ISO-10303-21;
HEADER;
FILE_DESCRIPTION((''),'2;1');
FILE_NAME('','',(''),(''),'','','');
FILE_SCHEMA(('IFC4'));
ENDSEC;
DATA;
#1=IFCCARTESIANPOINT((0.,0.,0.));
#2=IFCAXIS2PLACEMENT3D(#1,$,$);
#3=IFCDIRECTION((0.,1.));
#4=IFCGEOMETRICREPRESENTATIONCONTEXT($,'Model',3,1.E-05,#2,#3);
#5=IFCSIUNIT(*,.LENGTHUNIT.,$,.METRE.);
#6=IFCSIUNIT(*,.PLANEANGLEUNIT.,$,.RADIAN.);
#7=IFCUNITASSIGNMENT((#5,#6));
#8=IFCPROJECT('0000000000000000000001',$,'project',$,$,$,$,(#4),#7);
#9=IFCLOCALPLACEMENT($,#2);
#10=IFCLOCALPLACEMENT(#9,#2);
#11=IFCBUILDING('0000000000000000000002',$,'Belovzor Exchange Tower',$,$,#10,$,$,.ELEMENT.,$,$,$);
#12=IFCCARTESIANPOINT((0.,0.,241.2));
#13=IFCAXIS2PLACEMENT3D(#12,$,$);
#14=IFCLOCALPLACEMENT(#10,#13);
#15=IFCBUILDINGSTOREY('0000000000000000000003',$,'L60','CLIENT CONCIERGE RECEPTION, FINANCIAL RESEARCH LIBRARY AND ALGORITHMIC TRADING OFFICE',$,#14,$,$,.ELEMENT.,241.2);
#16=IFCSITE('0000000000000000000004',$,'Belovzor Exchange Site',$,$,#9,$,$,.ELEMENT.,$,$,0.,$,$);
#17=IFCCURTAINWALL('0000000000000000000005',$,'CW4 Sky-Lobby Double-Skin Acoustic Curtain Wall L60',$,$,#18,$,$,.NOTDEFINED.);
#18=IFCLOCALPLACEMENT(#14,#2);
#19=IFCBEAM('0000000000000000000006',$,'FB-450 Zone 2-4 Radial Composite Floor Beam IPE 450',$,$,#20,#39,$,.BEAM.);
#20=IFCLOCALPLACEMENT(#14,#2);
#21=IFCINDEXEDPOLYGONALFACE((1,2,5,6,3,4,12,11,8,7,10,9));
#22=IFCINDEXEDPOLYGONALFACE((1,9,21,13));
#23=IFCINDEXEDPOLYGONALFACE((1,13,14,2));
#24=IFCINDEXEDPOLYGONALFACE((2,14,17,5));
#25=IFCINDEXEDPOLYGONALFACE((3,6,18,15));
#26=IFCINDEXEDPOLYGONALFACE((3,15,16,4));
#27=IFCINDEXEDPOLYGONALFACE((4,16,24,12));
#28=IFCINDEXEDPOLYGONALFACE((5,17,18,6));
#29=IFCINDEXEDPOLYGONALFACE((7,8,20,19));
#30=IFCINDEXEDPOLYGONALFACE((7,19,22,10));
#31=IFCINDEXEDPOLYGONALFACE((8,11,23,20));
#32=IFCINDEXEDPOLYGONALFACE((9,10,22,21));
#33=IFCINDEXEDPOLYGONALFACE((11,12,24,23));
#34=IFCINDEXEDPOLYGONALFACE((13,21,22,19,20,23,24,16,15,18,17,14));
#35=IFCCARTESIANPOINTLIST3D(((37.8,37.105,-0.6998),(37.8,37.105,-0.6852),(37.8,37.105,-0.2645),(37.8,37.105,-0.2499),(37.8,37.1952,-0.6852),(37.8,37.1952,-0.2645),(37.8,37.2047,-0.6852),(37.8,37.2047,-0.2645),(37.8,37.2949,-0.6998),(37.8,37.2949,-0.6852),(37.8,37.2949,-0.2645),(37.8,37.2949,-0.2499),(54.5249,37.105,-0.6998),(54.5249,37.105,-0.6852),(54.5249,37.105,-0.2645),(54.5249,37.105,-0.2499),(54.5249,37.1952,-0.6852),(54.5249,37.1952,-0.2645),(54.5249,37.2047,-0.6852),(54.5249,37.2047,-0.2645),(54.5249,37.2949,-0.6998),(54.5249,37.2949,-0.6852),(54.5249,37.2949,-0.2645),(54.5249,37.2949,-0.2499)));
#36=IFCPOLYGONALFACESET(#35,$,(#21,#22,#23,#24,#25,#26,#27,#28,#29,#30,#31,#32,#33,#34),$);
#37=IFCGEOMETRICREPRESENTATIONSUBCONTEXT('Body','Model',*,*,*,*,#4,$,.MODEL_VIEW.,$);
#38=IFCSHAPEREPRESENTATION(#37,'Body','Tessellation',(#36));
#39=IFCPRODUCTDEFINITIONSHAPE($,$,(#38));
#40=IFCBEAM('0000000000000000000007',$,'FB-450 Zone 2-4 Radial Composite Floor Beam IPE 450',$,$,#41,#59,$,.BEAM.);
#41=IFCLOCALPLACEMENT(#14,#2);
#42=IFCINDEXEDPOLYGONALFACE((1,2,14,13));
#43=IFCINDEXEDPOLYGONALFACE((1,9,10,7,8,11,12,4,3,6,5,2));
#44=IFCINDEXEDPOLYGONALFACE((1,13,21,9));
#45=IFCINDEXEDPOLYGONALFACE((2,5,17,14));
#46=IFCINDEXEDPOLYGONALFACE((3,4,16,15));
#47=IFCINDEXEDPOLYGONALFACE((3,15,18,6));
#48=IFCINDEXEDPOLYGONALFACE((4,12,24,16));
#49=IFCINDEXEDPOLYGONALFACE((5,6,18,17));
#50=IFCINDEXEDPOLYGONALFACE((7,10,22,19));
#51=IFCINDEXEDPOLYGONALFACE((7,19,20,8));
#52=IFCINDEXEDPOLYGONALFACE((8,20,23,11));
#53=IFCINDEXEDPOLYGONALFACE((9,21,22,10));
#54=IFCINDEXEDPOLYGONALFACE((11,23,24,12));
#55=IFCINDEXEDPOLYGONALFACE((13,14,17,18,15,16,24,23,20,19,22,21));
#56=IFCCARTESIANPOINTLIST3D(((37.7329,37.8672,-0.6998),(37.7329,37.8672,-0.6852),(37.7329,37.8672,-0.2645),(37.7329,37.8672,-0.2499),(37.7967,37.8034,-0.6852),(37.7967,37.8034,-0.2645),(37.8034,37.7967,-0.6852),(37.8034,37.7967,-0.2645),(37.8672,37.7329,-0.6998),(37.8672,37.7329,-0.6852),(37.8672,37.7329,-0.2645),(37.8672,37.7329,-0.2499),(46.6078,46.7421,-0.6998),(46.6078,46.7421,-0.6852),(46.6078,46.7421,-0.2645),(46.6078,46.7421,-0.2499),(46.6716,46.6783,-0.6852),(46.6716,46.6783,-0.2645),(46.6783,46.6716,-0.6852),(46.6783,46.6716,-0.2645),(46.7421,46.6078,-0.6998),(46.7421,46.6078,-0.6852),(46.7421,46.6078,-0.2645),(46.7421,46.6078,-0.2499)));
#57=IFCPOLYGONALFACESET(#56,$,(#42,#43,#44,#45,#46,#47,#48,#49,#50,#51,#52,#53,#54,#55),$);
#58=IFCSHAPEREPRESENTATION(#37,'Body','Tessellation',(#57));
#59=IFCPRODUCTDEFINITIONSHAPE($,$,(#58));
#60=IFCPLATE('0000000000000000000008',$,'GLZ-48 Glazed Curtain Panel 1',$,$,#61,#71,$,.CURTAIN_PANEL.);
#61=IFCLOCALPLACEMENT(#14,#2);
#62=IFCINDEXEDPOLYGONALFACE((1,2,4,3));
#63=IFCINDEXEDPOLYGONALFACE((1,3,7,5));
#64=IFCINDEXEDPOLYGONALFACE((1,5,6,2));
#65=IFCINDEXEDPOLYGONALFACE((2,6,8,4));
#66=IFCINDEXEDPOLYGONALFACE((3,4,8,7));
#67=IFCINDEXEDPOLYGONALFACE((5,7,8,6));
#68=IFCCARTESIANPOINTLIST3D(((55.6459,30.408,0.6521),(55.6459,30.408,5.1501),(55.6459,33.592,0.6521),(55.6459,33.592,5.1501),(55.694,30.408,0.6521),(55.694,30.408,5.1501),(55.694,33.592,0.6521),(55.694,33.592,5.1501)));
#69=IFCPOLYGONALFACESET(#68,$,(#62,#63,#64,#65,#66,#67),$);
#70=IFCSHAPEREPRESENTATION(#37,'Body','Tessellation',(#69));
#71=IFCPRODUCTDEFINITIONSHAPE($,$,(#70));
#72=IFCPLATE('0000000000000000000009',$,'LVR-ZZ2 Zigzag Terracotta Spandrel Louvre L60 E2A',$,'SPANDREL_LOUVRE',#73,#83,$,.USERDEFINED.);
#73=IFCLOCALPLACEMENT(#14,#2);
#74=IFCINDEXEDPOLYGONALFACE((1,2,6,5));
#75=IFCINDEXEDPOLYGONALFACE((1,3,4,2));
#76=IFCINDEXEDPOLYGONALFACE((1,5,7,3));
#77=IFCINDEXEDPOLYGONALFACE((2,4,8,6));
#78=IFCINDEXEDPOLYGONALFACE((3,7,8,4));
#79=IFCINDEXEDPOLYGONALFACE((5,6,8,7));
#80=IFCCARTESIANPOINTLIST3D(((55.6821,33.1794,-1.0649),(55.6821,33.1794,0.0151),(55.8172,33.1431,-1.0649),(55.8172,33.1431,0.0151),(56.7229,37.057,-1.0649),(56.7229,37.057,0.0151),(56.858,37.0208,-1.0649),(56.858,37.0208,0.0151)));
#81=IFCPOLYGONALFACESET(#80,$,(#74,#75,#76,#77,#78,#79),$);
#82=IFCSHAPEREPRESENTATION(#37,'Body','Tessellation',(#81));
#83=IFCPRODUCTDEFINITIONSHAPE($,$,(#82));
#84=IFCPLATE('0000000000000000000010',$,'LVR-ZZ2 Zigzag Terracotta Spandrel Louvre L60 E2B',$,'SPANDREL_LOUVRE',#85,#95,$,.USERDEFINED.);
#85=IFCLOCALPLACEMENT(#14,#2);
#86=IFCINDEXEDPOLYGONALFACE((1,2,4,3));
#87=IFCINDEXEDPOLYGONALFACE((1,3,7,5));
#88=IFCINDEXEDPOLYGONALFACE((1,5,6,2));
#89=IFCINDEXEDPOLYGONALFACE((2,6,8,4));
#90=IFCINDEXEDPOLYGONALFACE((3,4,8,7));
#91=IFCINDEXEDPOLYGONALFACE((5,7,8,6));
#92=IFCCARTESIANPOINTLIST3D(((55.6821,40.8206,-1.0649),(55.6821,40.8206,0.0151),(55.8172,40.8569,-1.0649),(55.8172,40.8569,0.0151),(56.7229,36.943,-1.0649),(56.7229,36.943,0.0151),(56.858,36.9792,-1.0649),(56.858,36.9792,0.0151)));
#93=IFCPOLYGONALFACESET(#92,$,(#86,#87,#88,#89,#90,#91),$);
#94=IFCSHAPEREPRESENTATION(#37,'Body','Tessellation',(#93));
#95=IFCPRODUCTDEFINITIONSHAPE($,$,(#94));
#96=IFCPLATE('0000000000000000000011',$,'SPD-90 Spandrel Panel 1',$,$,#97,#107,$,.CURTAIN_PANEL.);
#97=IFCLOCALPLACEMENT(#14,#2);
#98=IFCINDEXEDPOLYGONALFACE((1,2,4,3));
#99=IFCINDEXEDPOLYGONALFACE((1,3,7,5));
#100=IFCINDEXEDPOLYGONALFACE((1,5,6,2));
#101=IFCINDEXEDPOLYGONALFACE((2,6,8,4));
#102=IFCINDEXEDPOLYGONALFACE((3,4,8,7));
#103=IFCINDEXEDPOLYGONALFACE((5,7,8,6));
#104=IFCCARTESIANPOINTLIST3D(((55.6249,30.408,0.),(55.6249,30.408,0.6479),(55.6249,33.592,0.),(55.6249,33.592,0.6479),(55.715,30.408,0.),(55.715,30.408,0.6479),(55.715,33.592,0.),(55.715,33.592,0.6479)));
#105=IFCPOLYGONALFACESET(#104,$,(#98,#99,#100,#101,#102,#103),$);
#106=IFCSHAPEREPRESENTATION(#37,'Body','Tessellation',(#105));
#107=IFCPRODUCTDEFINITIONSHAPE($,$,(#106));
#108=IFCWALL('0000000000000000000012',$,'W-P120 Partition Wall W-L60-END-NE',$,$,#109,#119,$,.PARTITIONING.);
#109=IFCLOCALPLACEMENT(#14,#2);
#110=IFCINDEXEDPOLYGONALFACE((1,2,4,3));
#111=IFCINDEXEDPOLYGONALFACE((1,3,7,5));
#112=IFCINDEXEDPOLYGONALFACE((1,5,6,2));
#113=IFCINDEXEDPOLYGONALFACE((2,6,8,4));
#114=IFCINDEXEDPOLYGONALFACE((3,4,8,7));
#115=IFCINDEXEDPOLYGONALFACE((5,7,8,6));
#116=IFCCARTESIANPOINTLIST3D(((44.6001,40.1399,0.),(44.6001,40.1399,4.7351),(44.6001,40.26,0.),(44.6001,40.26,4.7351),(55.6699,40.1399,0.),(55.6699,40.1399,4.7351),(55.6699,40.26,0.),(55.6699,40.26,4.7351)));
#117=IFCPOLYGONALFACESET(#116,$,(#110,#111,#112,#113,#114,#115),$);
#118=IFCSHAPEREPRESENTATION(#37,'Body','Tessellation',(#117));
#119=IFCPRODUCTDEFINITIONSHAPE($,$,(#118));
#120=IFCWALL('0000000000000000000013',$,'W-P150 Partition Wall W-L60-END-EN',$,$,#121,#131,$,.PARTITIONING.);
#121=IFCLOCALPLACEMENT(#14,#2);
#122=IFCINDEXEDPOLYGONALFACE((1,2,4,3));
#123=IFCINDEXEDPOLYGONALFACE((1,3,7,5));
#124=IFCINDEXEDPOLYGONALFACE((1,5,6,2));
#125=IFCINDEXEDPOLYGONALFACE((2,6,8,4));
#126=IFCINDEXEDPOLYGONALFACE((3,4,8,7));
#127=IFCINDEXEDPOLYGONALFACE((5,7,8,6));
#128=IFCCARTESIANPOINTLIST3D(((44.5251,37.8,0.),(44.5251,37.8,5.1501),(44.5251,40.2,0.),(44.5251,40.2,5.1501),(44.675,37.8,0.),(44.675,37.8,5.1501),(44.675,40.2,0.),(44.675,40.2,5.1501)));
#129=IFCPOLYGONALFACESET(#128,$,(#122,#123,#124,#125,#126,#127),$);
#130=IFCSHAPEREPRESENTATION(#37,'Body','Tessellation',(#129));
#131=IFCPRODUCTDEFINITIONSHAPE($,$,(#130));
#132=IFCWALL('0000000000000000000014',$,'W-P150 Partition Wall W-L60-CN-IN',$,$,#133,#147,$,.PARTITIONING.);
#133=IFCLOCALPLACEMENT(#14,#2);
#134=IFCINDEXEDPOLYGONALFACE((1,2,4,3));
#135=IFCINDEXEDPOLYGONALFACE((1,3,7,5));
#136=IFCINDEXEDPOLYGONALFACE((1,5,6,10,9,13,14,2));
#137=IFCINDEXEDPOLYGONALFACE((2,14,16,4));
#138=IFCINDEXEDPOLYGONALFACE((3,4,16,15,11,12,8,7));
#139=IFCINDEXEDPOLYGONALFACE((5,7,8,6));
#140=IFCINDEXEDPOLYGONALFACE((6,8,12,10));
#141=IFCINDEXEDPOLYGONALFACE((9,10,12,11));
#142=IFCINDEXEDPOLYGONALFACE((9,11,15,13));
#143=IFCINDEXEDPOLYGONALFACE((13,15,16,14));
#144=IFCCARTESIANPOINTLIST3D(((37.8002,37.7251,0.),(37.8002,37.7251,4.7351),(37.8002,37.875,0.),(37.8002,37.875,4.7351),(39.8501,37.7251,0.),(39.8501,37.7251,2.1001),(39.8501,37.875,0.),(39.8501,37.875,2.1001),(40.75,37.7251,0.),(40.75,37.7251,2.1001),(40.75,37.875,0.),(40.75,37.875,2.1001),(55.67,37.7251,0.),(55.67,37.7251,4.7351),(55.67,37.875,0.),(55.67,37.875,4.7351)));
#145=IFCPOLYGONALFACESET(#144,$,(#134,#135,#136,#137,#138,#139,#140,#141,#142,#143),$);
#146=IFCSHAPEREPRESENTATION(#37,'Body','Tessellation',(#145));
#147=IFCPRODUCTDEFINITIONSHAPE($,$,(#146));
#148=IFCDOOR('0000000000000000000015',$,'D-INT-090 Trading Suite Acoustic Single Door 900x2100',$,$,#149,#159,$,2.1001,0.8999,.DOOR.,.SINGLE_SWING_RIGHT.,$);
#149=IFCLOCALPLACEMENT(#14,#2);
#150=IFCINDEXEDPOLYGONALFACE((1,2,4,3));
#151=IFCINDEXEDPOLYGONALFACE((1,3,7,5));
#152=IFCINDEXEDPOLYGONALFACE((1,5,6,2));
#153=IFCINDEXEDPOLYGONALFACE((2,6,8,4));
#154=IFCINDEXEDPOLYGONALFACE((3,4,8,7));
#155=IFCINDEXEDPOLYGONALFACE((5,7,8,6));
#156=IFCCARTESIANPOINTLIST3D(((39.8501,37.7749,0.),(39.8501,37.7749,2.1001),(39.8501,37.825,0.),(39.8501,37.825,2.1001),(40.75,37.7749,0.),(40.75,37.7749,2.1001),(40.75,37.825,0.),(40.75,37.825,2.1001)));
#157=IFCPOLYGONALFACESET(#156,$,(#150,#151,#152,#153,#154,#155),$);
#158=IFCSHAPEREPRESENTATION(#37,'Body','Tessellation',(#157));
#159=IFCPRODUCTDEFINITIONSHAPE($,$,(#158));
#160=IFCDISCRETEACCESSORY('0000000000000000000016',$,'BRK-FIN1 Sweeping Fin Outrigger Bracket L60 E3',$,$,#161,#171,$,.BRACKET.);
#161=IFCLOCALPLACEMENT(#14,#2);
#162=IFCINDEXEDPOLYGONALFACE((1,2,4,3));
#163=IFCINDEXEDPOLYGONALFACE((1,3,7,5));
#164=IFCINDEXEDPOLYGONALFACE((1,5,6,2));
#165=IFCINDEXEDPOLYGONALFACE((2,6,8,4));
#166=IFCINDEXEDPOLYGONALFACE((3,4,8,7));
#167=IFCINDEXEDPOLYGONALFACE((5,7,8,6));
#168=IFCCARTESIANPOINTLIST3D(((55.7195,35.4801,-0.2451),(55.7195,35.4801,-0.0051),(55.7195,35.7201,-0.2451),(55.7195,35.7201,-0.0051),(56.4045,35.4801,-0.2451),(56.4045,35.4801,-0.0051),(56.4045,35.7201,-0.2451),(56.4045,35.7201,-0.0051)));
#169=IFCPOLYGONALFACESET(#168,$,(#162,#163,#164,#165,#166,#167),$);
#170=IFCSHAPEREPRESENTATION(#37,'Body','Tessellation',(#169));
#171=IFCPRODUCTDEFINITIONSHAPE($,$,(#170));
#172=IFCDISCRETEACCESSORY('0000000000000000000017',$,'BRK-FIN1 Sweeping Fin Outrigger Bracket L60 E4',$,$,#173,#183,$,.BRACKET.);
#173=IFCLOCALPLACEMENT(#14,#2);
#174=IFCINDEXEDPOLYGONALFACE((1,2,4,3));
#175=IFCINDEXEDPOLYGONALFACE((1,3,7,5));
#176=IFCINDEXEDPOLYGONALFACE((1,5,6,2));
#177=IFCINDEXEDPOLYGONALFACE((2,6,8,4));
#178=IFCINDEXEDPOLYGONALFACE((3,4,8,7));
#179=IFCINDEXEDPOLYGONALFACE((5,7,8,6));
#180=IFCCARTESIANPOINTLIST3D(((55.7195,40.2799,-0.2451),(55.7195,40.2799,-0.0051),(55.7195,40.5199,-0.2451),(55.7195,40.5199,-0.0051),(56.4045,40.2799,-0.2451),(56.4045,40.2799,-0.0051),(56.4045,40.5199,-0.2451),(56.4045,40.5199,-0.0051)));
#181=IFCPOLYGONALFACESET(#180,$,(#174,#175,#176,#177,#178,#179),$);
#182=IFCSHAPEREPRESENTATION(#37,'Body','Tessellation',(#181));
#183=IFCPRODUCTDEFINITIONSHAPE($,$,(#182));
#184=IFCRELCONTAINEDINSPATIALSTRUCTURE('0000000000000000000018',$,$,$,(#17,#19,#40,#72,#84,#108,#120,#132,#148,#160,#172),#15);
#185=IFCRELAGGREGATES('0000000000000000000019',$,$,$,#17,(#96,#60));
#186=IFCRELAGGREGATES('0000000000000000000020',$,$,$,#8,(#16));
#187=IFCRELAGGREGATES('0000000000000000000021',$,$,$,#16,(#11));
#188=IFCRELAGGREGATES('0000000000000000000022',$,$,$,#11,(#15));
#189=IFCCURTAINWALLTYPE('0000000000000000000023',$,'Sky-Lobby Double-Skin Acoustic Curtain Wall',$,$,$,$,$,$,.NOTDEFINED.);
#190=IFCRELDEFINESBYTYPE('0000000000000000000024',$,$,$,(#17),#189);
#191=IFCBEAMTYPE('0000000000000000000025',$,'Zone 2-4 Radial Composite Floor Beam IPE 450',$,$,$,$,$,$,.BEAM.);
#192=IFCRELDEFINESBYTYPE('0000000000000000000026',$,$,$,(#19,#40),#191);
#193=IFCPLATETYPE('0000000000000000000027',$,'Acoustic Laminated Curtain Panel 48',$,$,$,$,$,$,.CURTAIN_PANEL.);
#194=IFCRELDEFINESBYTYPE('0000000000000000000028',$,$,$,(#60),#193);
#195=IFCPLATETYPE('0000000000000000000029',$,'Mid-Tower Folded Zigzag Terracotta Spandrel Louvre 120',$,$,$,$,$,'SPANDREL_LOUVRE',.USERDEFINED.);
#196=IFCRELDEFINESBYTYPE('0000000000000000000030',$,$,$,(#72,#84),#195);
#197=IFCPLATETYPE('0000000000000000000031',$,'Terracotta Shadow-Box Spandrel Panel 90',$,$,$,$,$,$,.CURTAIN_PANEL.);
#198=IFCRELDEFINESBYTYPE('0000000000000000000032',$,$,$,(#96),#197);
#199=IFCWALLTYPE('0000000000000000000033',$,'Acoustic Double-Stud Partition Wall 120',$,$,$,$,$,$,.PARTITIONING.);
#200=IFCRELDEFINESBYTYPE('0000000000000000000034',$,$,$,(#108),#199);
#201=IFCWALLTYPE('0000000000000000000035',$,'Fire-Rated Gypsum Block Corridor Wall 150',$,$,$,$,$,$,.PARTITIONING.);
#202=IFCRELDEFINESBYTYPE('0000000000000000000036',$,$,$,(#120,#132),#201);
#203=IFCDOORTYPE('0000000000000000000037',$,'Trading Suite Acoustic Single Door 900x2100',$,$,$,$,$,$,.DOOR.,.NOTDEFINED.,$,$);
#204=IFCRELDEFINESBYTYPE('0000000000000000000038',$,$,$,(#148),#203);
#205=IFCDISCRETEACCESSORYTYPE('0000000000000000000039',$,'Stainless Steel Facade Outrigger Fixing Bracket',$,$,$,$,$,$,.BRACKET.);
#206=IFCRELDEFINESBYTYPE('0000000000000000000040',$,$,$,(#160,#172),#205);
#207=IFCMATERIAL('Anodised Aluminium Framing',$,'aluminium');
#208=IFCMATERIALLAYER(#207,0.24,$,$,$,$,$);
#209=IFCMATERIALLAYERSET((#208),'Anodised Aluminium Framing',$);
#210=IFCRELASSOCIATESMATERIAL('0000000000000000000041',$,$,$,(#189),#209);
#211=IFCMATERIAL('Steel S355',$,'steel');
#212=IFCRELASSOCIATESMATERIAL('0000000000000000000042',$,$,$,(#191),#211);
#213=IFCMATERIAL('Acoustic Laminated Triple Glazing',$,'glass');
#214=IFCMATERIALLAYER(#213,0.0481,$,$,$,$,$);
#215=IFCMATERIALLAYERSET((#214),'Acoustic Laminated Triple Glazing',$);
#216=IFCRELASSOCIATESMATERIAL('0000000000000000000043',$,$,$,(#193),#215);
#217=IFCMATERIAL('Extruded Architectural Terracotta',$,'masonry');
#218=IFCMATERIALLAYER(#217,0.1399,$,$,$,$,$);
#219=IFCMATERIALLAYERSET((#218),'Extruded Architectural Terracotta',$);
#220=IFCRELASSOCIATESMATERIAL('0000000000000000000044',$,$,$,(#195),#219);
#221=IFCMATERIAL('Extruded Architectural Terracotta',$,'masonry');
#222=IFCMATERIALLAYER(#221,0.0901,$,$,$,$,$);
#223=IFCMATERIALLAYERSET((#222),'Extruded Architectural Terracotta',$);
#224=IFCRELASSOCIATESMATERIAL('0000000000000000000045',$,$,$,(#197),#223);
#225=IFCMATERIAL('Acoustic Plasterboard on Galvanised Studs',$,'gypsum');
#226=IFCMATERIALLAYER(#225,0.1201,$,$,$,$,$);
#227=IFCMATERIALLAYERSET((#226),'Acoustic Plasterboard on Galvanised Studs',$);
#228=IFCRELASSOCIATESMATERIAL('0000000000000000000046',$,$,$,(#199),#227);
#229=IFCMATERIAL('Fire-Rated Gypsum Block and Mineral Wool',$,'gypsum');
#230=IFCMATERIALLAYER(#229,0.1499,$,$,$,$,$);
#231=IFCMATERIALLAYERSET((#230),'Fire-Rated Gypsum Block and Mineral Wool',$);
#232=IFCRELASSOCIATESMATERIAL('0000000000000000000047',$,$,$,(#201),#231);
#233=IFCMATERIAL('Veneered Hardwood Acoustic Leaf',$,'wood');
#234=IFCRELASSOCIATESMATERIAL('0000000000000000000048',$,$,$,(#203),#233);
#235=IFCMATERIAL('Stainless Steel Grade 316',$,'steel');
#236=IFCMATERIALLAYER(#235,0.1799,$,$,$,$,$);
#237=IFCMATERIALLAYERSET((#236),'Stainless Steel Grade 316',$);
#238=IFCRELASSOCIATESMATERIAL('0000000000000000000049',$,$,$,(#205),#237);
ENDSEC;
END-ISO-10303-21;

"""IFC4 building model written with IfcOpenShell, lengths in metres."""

from ifc_helpers import new_model, si_unit, direction, frame, frame_2d, origin, origin_2d, place, context, subcontext, project, spatial, rectangle, i_section, extrude, material, layer, layer_set, material_profile, profile_set, type_object, element, fill, aggregate, save


model = new_model("IFC4")

# Units and contexts
model_context = context("Model", 3, precision=1e-05, world=origin(), true_north=direction((0.0, 1.0)))
body_context = subcontext(model_context, "Body", "Model", "MODEL_VIEW")
ifc_project = project(units=[si_unit("LENGTHUNIT", "METRE"), si_unit("PLANEANGLEUNIT", "RADIAN")], contexts=[model_context])

# Site, building, storey
site_placement = place(None, origin())
site = spatial("IfcSite", under=ifc_project, at=site_placement, Name="Belovzor Exchange Site", CompositionType="ELEMENT", RefElevation=0.0)
building_placement = place(site_placement, origin())
building = spatial("IfcBuilding", under=site, at=building_placement, Name="Belovzor Exchange Tower", CompositionType="ELEMENT")
storey_placement = place(building_placement, frame((0.0, 0.0, 241.2)))
storey = spatial("IfcBuildingStorey", under=building, at=storey_placement, Name="L60", Description="CLIENT CONCIERGE RECEPTION, FINANCIAL RESEARCH LIBRARY AND ALGORITHMIC TRADING OFFICE", CompositionType="ELEMENT", Elevation=241.2)

# Curtain wall
ifc_material_1 = material(Name="Anodised Aluminium Framing", Category="aluminium")
ifc_layer_1 = layer(ifc_material_1, 0.24)
ifc_layer_set_1 = layer_set([ifc_layer_1], Name="Anodised Aluminium Framing")
curtain_wall_type = type_object("IfcCurtainWallType", Name="Sky-Lobby Double-Skin Acoustic Curtain Wall", PredefinedType="NOTDEFINED", material=ifc_layer_set_1)
curtain_wall_placement = place(storey_placement, origin())
curtain_wall = element("IfcCurtainWall", 1, at=curtain_wall_placement, inside=storey, type_object=curtain_wall_type, Name="CW4 Sky-Lobby Double-Skin Acoustic Curtain Wall L60", PredefinedType="NOTDEFINED")

# Beams
ifc_material_2 = material(Name="Steel S355", Category="steel")
ifc_material_profile_1 = material_profile(ifc_material_2, i_section(OverallWidth=0.1899, OverallDepth=0.45, WebThickness=0.0095, FlangeThickness=0.0146, at=origin_2d()))
ifc_profile_set_1 = profile_set([ifc_material_profile_1], Name="Steel S355")
beam_type_1 = type_object("IfcBeamType", Name="Zone 2-4 Radial Composite Floor Beam IPE 450", PredefinedType="BEAM", material=ifc_profile_set_1)
beam_1_placement = place(storey_placement, frame((37.8, 37.2, -0.4749), z_axis=(1.0, 0.0, 0.0), x_axis=(0.0, 1.0, 0.0)))
element("IfcBeam", 2, at=beam_1_placement, inside=storey, type_object=beam_type_1, Name="FB-450 Zone 2-4 Radial Composite Floor Beam IPE 450", PredefinedType="BEAM", context=body_context, shape_type="SweptSolid", body=[
    extrude(i_section(OverallWidth=0.1899, OverallDepth=0.45, WebThickness=0.0095, FlangeThickness=0.0146, at=origin_2d()), origin(), (0.0, 0.0, 1.0), 16.7249),
])
beam_2_placement = place(storey_placement, frame((37.8, 37.8, -0.4749), z_axis=(0.707107, 0.707107, 0.0), x_axis=(-0.707107, 0.707107, 0.0)))
element("IfcBeam", 3, at=beam_2_placement, inside=storey, type_object=beam_type_1, Name="FB-450 Zone 2-4 Radial Composite Floor Beam IPE 450", PredefinedType="BEAM", context=body_context, shape_type="SweptSolid", body=[
    extrude(i_section(OverallWidth=0.1899, OverallDepth=0.45, WebThickness=0.0095, FlangeThickness=0.0146, at=origin_2d()), origin(), (0.0, 0.0, 1.0), 12.551),
])

# Plate
ifc_material_3 = material(Name="Acoustic Laminated Triple Glazing", Category="glass")
ifc_layer_2 = layer(ifc_material_3, 0.0481)
ifc_layer_set_2 = layer_set([ifc_layer_2], Name="Acoustic Laminated Triple Glazing")
plate_type_1 = type_object("IfcPlateType", Name="Acoustic Laminated Curtain Panel 48", PredefinedType="CURTAIN_PANEL", material=ifc_layer_set_2)
plate_1_placement = place(storey_placement, frame((55.6699, 32.0, 0.6521), z_axis=(0.0, 0.0, 1.0), x_axis=(0.0, -1.0, 0.0)))
plate_1 = element("IfcPlate", 4, at=plate_1_placement, type_object=plate_type_1, Name="GLZ-48 Glazed Curtain Panel 1", PredefinedType="CURTAIN_PANEL", context=body_context, shape_type="SweptSolid", body=[
    extrude(rectangle(XDim=3.1841, YDim=0.0481, at=origin_2d()), origin(), (0.0, 0.0, 1.0), 4.498),
])

# Plates
ifc_material_4 = material(Name="Extruded Architectural Terracotta", Category="masonry")
ifc_layer_3 = layer(ifc_material_4, 0.1399)
ifc_layer_set_3 = layer_set([ifc_layer_3], Name="Extruded Architectural Terracotta")
plate_type_2 = type_object("IfcPlateType", Name="Mid-Tower Folded Zigzag Terracotta Spandrel Louvre 120", ElementType="SPANDREL_LOUVRE", PredefinedType="USERDEFINED", material=ifc_layer_set_3)
for number, where, z_axis, x_axis, name in (
    (5, (56.27, 35.1001, -1.0649), (0.0, 0.0, 1.0), (0.25924, 0.965813, 0.0), "LVR-ZZ2 Zigzag Terracotta Spandrel Louvre L60 E2A"),
    (6, (56.27, 38.8999, -1.0649), (0.0, 0.0, 1.0), (-0.25924, 0.965813, 0.0), "LVR-ZZ2 Zigzag Terracotta Spandrel Louvre L60 E2B"),
):
    element("IfcPlate", number, at=place(storey_placement, frame(where, z_axis=z_axis, x_axis=x_axis)), inside=storey, type_object=plate_type_2, Name=name, ObjectType="SPANDREL_LOUVRE", PredefinedType="USERDEFINED", context=body_context, shape_type="SweptSolid", body=[
        extrude(rectangle(XDim=4.0149, YDim=0.1399, at=origin_2d()), origin(), (0.0, 0.0, 1.0), 1.0801),
    ])

# Plate
ifc_material_5 = material(Name="Extruded Architectural Terracotta", Category="masonry")
ifc_layer_4 = layer(ifc_material_5, 0.0901)
ifc_layer_set_4 = layer_set([ifc_layer_4], Name="Extruded Architectural Terracotta")
plate_type_3 = type_object("IfcPlateType", Name="Terracotta Shadow-Box Spandrel Panel 90", PredefinedType="CURTAIN_PANEL", material=ifc_layer_set_4)
plate_2_placement = place(storey_placement, frame((55.6699, 32.0, 0.0), z_axis=(0.0, 0.0, 1.0), x_axis=(0.0, -1.0, 0.0)))
plate_2 = element("IfcPlate", 7, at=plate_2_placement, type_object=plate_type_3, Name="SPD-90 Spandrel Panel 1", PredefinedType="CURTAIN_PANEL", context=body_context, shape_type="SweptSolid", body=[
    extrude(rectangle(XDim=3.1841, YDim=0.0901, at=origin_2d()), origin(), (0.0, 0.0, 1.0), 0.6479),
])
aggregate(curtain_wall, [plate_2, plate_1])

# Walls
ifc_material_6 = material(Name="Acoustic Plasterboard on Galvanised Studs", Category="gypsum")
ifc_layer_5 = layer(ifc_material_6, 0.1201)
ifc_layer_set_5 = layer_set([ifc_layer_5], Name="Acoustic Plasterboard on Galvanised Studs")
wall_type_1 = type_object("IfcWallType", Name="Acoustic Double-Stud Partition Wall 120", PredefinedType="PARTITIONING", material=ifc_layer_set_5)
wall_1_placement = place(storey_placement, frame((44.6001, 40.2, 0.0), z_axis=(0.0, 0.0, 1.0), x_axis=(1.0, 0.0, 0.0)))
element("IfcWall", 8, at=wall_1_placement, inside=storey, type_object=wall_type_1, Name="W-P120 Partition Wall W-L60-END-NE", PredefinedType="PARTITIONING", context=body_context, shape_type="SweptSolid", body=[
    extrude(rectangle(XDim=11.0698, YDim=0.1201, at=frame_2d((5.5349, 0.0))), origin(), (0.0, 0.0, 1.0), 4.7351),
])
ifc_material_7 = material(Name="Fire-Rated Gypsum Block and Mineral Wool", Category="gypsum")
ifc_layer_6 = layer(ifc_material_7, 0.1499)
ifc_layer_set_6 = layer_set([ifc_layer_6], Name="Fire-Rated Gypsum Block and Mineral Wool")
wall_type_2 = type_object("IfcWallType", Name="Fire-Rated Gypsum Block Corridor Wall 150", PredefinedType="PARTITIONING", material=ifc_layer_set_6)
wall_2_placement = place(storey_placement, frame((44.6001, 37.8, 0.0), z_axis=(0.0, 0.0, 1.0), x_axis=(0.0, 1.0, 0.0)))
element("IfcWall", 9, at=wall_2_placement, inside=storey, type_object=wall_type_2, Name="W-P150 Partition Wall W-L60-END-EN", PredefinedType="PARTITIONING", context=body_context, shape_type="SweptSolid", body=[
    extrude(rectangle(XDim=2.3999, YDim=0.1499, at=frame_2d((1.2, 0.0))), origin(), (0.0, 0.0, 1.0), 5.1501),
])

# Wall, opening, door
wall_3_placement = place(storey_placement, frame((37.8, 37.8, 0.0), z_axis=(0.0, 0.0, 1.0), x_axis=(1.0, 0.0, 0.0)))
wall_3 = element("IfcWall", 10, at=wall_3_placement, inside=storey, type_object=wall_type_2, Name="W-P150 Partition Wall W-L60-CN-IN", PredefinedType="PARTITIONING", context=body_context, shape_type="SweptSolid", body=[
    extrude(rectangle(XDim=17.8699, YDim=0.1499, at=frame_2d((8.9351, 0.0))), origin(), (0.0, 0.0, 1.0), 4.7351),
])
opening_placement = place(wall_3_placement, frame((2.05, 0.0, 0.0)))
opening = element("IfcOpeningElement", 11, at=opening_placement, cuts=wall_3, PredefinedType="OPENING", context=body_context, shape_type="SweptSolid", body=[
    extrude(rectangle(XDim=0.8999, YDim=2.1001, at=frame_2d((0.45, 1.05))), frame((0.0, 0.085, 0.0), z_axis=(0.0, -1.0, 0.0), x_axis=(1.0, 0.0, 0.0)), (0.0, 0.0, 1.0), 0.1699),
])
ifc_material_8 = material(Name="Veneered Hardwood Acoustic Leaf", Category="wood")
door_type = type_object("IfcDoorType", Name="Trading Suite Acoustic Single Door 900x2100", OperationType="NOTDEFINED", PredefinedType="DOOR", material=ifc_material_8)
door_placement = place(opening_placement, origin())
door = element("IfcDoor", 12, at=door_placement, inside=storey, type_object=door_type, Name="D-INT-090 Trading Suite Acoustic Single Door 900x2100", OperationType="SINGLE_SWING_RIGHT", OverallHeight=2.1001, OverallWidth=0.8999, PredefinedType="DOOR", context=body_context, shape_type="SweptSolid", body=[
    extrude(rectangle(XDim=0.8999, YDim=2.1001, at=frame_2d((0.45, 1.05))), frame((0.0, 0.0249, 0.0), z_axis=(0.0, -1.0, 0.0), x_axis=(1.0, 0.0, 0.0)), (0.0, 0.0, 1.0), 0.05),
])
fill(opening, door)

# Discrete accessories
ifc_material_9 = material(Name="Stainless Steel Grade 316", Category="steel")
ifc_layer_7 = layer(ifc_material_9, 0.1799)
ifc_layer_set_7 = layer_set([ifc_layer_7], Name="Stainless Steel Grade 316")
discrete_accessory_type = type_object("IfcDiscreteAccessoryType", Name="Stainless Steel Facade Outrigger Fixing Bracket", PredefinedType="BRACKET", material=ifc_layer_set_7)
for number, where, z_axis, x_axis, name in (
    (13, (56.062, 35.6001, -0.2451), (0.0, 0.0, 1.0), (1.0, 0.0, 0.0), "BRK-FIN1 Sweeping Fin Outrigger Bracket L60 E3"),
    (14, (56.062, 40.3999, -0.2451), (0.0, 0.0, 1.0), (1.0, 0.0, 0.0), "BRK-FIN1 Sweeping Fin Outrigger Bracket L60 E4"),
):
    element("IfcDiscreteAccessory", number, at=place(storey_placement, frame(where, z_axis=z_axis, x_axis=x_axis)), inside=storey, type_object=discrete_accessory_type, Name=name, PredefinedType="BRACKET", context=body_context, shape_type="SweptSolid", body=[
        extrude(rectangle(XDim=0.6851, YDim=0.24, at=origin_2d()), origin(), (0.0, 0.0, 1.0), 0.24),
    ])

save(model, "model.ifc")
